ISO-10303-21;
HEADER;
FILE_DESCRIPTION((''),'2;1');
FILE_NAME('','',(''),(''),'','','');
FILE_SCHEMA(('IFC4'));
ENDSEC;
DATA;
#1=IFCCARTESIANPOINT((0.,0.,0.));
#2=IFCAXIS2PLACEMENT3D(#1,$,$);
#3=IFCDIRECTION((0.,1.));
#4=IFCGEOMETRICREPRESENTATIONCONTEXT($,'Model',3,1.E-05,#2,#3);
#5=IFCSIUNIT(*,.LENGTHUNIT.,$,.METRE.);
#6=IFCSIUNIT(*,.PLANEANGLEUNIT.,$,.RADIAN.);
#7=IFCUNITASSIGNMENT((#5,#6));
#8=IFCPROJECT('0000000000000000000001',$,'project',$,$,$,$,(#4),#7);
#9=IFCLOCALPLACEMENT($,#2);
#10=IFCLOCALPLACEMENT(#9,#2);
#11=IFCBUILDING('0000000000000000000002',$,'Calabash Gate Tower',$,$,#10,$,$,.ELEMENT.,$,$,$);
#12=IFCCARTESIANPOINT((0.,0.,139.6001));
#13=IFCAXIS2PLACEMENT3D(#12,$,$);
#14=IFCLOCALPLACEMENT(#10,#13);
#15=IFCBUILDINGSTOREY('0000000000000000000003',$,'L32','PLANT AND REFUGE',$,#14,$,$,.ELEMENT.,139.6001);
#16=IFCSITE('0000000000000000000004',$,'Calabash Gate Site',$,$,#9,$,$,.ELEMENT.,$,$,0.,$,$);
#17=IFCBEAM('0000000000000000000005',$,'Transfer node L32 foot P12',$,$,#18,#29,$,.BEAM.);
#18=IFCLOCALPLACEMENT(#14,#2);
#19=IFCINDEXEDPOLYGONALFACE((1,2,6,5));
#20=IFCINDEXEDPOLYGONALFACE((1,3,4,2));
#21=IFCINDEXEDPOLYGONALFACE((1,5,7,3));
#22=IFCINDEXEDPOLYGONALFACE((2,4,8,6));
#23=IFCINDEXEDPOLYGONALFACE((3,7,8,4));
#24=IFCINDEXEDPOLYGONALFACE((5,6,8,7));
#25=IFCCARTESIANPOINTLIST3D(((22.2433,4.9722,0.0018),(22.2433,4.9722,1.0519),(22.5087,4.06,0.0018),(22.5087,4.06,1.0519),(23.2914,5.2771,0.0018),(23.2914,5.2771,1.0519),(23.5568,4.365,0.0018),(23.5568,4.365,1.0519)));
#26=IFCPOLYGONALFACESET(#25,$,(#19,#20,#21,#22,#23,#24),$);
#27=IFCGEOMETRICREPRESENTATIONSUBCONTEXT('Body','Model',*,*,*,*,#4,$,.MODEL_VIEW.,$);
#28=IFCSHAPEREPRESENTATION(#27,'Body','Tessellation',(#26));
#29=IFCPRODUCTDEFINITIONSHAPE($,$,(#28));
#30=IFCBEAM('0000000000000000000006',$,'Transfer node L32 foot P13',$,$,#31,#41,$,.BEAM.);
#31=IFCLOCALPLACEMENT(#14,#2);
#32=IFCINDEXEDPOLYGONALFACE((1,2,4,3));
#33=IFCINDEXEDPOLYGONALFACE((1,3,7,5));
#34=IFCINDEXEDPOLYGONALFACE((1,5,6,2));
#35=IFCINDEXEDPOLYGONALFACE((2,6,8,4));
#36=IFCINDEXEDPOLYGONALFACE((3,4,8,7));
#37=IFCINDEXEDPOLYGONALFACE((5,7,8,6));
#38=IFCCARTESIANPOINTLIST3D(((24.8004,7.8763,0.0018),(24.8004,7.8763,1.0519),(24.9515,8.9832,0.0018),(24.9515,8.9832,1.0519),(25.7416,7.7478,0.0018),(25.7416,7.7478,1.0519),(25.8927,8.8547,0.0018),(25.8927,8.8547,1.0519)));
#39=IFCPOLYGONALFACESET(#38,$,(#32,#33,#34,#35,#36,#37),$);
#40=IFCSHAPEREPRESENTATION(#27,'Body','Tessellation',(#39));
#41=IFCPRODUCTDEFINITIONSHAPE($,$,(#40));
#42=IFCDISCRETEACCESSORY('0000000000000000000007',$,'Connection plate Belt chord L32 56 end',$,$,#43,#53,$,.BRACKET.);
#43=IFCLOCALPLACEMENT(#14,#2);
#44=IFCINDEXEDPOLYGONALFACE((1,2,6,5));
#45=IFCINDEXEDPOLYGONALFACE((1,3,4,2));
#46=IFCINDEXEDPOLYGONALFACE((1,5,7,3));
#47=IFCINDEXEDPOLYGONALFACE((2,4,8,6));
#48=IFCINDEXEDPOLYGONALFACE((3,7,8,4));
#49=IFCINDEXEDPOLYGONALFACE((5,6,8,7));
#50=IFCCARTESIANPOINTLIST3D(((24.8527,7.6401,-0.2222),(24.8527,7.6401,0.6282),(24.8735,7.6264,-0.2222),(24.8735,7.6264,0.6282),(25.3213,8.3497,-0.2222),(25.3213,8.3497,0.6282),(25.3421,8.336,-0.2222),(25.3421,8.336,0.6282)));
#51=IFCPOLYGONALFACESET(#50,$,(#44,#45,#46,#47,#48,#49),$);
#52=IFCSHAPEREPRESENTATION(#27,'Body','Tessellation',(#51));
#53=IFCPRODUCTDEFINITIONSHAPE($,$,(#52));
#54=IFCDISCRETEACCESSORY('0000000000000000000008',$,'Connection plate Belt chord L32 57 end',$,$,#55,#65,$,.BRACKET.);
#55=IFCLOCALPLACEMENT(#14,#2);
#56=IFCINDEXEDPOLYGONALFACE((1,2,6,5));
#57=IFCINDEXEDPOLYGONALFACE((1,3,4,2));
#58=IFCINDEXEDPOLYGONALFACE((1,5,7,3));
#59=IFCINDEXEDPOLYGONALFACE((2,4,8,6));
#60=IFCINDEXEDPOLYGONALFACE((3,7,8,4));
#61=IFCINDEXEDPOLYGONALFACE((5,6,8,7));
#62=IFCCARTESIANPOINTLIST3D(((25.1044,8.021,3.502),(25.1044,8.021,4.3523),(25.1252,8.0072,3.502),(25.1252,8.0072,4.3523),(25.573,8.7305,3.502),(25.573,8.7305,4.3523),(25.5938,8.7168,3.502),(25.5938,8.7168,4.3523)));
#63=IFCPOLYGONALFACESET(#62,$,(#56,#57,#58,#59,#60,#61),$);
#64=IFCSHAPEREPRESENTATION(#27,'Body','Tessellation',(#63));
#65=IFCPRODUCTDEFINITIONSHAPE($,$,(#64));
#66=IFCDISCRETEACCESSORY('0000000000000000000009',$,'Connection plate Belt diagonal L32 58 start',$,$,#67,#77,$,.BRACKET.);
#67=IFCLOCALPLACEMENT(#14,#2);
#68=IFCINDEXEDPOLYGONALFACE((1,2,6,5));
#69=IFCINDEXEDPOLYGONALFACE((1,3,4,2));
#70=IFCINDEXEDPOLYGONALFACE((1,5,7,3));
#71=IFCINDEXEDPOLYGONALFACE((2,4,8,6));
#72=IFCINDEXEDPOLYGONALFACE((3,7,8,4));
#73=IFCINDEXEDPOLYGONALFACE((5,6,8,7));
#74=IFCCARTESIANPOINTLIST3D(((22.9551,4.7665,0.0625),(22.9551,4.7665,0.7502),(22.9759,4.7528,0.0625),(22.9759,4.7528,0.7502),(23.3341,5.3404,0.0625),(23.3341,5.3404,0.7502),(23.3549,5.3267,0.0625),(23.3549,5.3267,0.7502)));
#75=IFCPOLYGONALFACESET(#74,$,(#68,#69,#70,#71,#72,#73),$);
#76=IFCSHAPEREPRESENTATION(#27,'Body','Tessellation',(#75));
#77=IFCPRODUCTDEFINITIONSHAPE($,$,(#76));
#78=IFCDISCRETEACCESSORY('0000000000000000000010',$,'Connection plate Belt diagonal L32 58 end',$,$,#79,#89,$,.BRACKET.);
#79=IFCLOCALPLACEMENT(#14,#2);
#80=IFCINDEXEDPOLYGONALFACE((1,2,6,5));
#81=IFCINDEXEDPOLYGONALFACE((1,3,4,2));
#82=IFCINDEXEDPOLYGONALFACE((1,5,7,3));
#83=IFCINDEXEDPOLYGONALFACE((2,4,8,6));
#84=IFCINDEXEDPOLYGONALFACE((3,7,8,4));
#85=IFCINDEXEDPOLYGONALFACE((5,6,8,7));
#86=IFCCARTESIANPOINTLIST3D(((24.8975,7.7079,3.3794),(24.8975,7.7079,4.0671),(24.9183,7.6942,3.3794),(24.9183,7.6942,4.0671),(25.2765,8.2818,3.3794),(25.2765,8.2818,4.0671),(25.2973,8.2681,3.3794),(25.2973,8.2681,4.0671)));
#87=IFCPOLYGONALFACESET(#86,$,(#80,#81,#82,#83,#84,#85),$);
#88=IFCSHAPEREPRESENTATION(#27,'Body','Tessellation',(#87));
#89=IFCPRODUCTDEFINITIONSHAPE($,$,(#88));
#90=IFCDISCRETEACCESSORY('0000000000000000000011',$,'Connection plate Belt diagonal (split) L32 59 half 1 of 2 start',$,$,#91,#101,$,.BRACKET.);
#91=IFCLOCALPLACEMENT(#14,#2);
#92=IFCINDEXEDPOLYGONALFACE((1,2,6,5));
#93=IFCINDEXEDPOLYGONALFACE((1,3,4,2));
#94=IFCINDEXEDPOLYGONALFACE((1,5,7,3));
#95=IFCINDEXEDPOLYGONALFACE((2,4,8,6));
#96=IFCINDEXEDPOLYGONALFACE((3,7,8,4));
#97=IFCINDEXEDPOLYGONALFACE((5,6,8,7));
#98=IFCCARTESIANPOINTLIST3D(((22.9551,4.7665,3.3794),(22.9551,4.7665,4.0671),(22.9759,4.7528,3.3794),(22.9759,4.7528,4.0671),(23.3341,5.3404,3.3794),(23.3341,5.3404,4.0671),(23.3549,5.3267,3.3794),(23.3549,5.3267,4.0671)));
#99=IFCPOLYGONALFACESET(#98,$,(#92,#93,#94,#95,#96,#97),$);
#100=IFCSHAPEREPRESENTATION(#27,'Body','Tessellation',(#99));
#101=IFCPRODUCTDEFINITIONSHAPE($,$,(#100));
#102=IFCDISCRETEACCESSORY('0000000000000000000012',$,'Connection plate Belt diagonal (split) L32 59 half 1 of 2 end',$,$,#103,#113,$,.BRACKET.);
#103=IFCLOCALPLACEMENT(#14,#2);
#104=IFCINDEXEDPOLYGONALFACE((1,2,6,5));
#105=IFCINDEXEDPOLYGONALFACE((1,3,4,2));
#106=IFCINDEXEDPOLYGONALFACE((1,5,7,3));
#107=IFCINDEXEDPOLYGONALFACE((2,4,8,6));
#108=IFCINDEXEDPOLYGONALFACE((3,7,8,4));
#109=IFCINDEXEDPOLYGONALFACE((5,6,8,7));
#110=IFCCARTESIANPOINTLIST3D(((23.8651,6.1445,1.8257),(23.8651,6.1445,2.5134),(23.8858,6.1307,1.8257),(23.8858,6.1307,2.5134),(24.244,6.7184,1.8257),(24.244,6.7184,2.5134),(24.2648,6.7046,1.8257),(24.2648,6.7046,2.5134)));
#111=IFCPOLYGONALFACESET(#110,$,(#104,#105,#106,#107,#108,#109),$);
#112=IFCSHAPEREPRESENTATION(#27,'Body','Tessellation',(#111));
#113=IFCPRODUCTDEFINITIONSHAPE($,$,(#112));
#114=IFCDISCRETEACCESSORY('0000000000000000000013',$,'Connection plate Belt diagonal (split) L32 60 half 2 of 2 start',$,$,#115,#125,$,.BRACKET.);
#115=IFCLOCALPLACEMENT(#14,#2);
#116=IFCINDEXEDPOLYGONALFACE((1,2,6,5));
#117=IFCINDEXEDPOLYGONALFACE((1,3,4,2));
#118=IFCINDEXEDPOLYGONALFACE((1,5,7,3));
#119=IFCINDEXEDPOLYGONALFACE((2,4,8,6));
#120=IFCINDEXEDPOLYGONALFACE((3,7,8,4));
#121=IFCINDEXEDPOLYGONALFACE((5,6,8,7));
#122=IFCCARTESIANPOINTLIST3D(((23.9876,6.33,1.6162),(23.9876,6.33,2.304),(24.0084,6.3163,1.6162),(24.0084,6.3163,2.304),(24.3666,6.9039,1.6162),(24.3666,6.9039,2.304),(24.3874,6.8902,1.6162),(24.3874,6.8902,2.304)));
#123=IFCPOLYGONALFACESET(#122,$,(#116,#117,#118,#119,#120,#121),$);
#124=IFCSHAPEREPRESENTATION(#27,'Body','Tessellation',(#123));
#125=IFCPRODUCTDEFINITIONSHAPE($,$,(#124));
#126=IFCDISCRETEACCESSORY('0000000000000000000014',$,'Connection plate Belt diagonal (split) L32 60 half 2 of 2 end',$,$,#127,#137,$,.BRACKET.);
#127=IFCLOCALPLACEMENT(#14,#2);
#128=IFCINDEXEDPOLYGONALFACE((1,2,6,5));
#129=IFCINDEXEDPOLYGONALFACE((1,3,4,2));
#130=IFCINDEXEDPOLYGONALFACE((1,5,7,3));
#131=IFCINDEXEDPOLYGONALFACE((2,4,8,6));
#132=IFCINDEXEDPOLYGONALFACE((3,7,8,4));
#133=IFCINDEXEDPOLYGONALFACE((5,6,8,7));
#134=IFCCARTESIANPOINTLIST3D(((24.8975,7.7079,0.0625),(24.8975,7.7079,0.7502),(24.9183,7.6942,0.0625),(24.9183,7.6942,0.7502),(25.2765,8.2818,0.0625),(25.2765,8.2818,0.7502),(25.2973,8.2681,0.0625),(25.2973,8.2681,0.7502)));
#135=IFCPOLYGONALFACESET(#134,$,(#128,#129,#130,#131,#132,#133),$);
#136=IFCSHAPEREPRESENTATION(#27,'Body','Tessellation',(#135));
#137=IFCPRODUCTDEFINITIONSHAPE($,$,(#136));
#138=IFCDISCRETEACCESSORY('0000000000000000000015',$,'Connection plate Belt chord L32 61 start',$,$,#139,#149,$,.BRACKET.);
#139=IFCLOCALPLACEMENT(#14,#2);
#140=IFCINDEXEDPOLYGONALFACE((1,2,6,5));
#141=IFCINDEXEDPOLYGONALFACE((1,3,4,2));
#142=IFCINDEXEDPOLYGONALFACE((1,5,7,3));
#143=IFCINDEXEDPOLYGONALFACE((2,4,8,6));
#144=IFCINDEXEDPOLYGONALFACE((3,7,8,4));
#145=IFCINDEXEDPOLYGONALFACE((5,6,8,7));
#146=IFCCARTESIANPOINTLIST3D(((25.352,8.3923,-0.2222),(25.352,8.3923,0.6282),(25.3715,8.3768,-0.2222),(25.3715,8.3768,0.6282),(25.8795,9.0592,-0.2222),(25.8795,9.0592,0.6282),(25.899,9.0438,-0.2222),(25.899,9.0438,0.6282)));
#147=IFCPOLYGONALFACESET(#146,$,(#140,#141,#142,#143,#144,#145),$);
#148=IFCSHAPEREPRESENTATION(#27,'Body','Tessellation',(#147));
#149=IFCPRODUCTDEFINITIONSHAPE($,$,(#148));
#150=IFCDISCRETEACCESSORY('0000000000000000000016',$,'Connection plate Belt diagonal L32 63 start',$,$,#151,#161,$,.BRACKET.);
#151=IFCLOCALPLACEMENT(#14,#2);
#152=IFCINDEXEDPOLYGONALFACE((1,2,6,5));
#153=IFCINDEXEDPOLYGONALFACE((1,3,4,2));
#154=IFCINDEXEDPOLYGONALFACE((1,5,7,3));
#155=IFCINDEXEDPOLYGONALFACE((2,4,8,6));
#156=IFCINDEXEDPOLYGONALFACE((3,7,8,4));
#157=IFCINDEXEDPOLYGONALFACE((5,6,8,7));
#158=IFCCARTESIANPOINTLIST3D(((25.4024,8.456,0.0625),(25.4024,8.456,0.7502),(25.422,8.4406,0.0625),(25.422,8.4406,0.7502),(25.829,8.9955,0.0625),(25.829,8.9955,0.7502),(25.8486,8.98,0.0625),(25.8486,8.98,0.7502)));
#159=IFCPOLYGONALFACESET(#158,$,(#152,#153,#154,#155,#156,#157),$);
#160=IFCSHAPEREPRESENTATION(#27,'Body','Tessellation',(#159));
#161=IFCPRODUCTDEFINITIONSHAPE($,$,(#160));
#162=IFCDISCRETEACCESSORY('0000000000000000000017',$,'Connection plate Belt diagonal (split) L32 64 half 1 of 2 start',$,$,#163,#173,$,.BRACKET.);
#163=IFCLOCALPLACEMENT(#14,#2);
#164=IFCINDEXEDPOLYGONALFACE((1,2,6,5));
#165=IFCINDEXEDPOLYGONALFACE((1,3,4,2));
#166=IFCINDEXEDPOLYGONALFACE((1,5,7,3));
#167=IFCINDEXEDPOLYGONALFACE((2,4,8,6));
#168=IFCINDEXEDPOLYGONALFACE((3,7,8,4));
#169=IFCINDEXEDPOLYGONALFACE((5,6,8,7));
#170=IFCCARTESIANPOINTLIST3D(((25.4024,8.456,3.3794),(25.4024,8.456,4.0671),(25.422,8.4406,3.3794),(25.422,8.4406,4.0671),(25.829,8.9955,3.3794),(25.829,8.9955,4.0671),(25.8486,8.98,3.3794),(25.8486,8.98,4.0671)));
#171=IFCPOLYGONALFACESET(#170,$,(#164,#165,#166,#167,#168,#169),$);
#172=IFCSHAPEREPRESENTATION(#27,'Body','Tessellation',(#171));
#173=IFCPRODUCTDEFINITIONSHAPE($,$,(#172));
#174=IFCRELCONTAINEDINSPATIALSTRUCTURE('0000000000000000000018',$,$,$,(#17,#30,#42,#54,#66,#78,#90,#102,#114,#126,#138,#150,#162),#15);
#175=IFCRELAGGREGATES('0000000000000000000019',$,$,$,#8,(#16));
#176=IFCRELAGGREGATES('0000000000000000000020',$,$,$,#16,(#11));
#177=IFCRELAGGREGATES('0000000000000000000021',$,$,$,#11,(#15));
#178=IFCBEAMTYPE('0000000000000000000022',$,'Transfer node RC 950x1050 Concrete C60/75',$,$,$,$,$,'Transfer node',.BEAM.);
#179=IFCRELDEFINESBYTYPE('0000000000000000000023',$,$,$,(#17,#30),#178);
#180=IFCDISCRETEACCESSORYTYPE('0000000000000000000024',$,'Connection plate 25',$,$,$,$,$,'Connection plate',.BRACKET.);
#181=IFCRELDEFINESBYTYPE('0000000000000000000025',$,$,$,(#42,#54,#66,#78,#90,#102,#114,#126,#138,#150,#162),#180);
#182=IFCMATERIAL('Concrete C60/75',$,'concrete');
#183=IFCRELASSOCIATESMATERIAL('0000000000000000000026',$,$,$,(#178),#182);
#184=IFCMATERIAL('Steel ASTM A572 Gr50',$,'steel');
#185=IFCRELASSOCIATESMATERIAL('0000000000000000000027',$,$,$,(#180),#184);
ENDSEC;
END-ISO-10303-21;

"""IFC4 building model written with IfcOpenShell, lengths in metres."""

from ifc_helpers import new_model, si_unit, direction, frame, origin, origin_2d, place, context, subcontext, project, spatial, rectangle, extrude, material, material_profile, profile_set, type_object, element, save


model = new_model("IFC4")

# Units and contexts
model_context = context("Model", 3, precision=1e-05, world=origin(), true_north=direction((0.0, 1.0)))
body_context = subcontext(model_context, "Body", "Model", "MODEL_VIEW")
ifc_project = project(units=[si_unit("LENGTHUNIT", "METRE"), si_unit("PLANEANGLEUNIT", "RADIAN")], contexts=[model_context])

# Site, building, storey
site_placement = place(None, origin())
site = spatial("IfcSite", under=ifc_project, at=site_placement, Name="Calabash Gate Site", CompositionType="ELEMENT", RefElevation=0.0)
building_placement = place(site_placement, origin())
building = spatial("IfcBuilding", under=site, at=building_placement, Name="Calabash Gate Tower", CompositionType="ELEMENT")
storey_placement = place(building_placement, frame((0.0, 0.0, 139.6001)))
storey = spatial("IfcBuildingStorey", under=building, at=storey_placement, Name="L32", Description="PLANT AND REFUGE", CompositionType="ELEMENT", Elevation=139.6001)

# Beams
ifc_material_1 = material(Name="Concrete C60/75", Category="concrete")
ifc_material_profile_1 = material_profile(ifc_material_1, rectangle(XDim=0.95, YDim=1.05, at=origin_2d()))
ifc_profile_set_1 = profile_set([ifc_material_profile_1], Name="Concrete C60/75")
beam_type_1 = type_object("IfcBeamType", Name="Transfer node RC 950x1050 Concrete C60/75", ElementType="Transfer node", PredefinedType="BEAM", material=ifc_profile_set_1)
beam_1_placement = place(storey_placement, frame((23.4241, 4.821, 0.5269), z_axis=(-0.960188, -0.279356, 0.0), x_axis=(0.279356, -0.960188, 0.0)))
element("IfcBeam", 1, at=beam_1_placement, inside=storey, type_object=beam_type_1, Name="Transfer node L32 foot P12", PredefinedType="BEAM", context=body_context, shape_type="SweptSolid", body=[
    extrude(rectangle(XDim=0.95, YDim=1.05, at=origin_2d()), origin(), (0.0, 0.0, 1.0), 1.0916),
])
beam_2_placement = place(storey_placement, frame((25.271, 7.812, 0.5269), z_axis=(0.135269, 0.990809, 0.0), x_axis=(-0.990809, 0.135269, 0.0)))
element("IfcBeam", 2, at=beam_2_placement, inside=storey, type_object=beam_type_1, Name="Transfer node L32 foot P13", PredefinedType="BEAM", context=body_context, shape_type="SweptSolid", body=[
    extrude(rectangle(XDim=0.95, YDim=1.05, at=origin_2d()), origin(), (0.0, 0.0, 1.0), 1.1172),
])

# Discrete accessories
ifc_material_2 = material(Name="Steel ASTM A572 Gr50", Category="steel")
discrete_accessory_type = type_object("IfcDiscreteAccessoryType", Name="Connection plate 25", ElementType="Connection plate", PredefinedType="BRACKET", material=ifc_material_2)
for number, where, z_axis, x_axis, name in (
    (3, (25.0974, 7.988, -0.2222), (0.0, 0.0, 1.0), (0.55106, 0.834466, 0.0), "Connection plate Belt chord L32 56 end"),
    (4, (25.3491, 8.3689, 3.502), (0.0, 0.0, 1.0), (0.55107, 0.834459, 0.0), "Connection plate Belt chord L32 57 end"),
):
    element("IfcDiscreteAccessory", number, at=place(storey_placement, frame(where, z_axis=z_axis, x_axis=x_axis)), inside=storey, type_object=discrete_accessory_type, Name=name, PredefinedType="BRACKET", context=body_context, shape_type="SweptSolid", body=[
        extrude(rectangle(XDim=0.8503, YDim=0.0249, at=origin_2d()), origin(), (0.0, 0.0, 1.0), 0.8503),
    ])
for number, where, z_axis, x_axis, name in (
    (5, (23.155, 5.0466, 0.0625), (0.0, 0.0, 1.0), (0.55106, 0.834466, 0.0), "Connection plate Belt diagonal L32 58 start"),
    (6, (25.0974, 7.988, 3.3794), (0.0, 0.0, 1.0), (0.55106, 0.834466, 0.0), "Connection plate Belt diagonal L32 58 end"),
    (7, (23.155, 5.0466, 3.3794), (0.0, 0.0, 1.0), (0.55106, 0.834466, 0.0), "Connection plate Belt diagonal (split) L32 59 half 1 of 2 start"),
    (8, (24.0649, 6.4246, 1.8257), (0.0, 0.0, 1.0), (0.55106, 0.834466, 0.0), "Connection plate Belt diagonal (split) L32 59 half 1 of 2 end"),
    (9, (24.1875, 6.6101, 1.6162), (0.0, 0.0, 1.0), (0.55106, 0.834466, 0.0), "Connection plate Belt diagonal (split) L32 60 half 2 of 2 start"),
    (10, (25.0974, 7.988, 0.0625), (0.0, 0.0, 1.0), (0.55106, 0.834466, 0.0), "Connection plate Belt diagonal (split) L32 60 half 2 of 2 end"),
):
    element("IfcDiscreteAccessory", number, at=place(storey_placement, frame(where, z_axis=z_axis, x_axis=x_axis)), inside=storey, type_object=discrete_accessory_type, Name=name, PredefinedType="BRACKET", context=body_context, shape_type="SweptSolid", body=[
        extrude(rectangle(XDim=0.6877, YDim=0.0249, at=origin_2d()), origin(), (0.0, 0.0, 1.0), 0.6877),
    ])
discrete_accessory_placement = place(storey_placement, frame((25.6255, 8.718, -0.2222), z_axis=(0.0, 0.0, 1.0), x_axis=(0.620301, 0.784364, 0.0)))
element("IfcDiscreteAccessory", 11, at=discrete_accessory_placement, inside=storey, type_object=discrete_accessory_type, Name="Connection plate Belt chord L32 61 start", PredefinedType="BRACKET", context=body_context, shape_type="SweptSolid", body=[
    extrude(rectangle(XDim=0.8503, YDim=0.0249, at=origin_2d()), origin(), (0.0, 0.0, 1.0), 0.8503),
])
for number, where, z_axis, x_axis, name in (
    (12, (25.6255, 8.718, 0.0625), (0.0, 0.0, 1.0), (0.620301, 0.784364, 0.0), "Connection plate Belt diagonal L32 63 start"),
    (13, (25.6255, 8.718, 3.3794), (0.0, 0.0, 1.0), (0.620301, 0.784364, 0.0), "Connection plate Belt diagonal (split) L32 64 half 1 of 2 start"),
):
    element("IfcDiscreteAccessory", number, at=place(storey_placement, frame(where, z_axis=z_axis, x_axis=x_axis)), inside=storey, type_object=discrete_accessory_type, Name=name, PredefinedType="BRACKET", context=body_context, shape_type="SweptSolid", body=[
        extrude(rectangle(XDim=0.6877, YDim=0.0249, at=origin_2d()), origin(), (0.0, 0.0, 1.0), 0.6877),
    ])

save(model, "model.ifc")
